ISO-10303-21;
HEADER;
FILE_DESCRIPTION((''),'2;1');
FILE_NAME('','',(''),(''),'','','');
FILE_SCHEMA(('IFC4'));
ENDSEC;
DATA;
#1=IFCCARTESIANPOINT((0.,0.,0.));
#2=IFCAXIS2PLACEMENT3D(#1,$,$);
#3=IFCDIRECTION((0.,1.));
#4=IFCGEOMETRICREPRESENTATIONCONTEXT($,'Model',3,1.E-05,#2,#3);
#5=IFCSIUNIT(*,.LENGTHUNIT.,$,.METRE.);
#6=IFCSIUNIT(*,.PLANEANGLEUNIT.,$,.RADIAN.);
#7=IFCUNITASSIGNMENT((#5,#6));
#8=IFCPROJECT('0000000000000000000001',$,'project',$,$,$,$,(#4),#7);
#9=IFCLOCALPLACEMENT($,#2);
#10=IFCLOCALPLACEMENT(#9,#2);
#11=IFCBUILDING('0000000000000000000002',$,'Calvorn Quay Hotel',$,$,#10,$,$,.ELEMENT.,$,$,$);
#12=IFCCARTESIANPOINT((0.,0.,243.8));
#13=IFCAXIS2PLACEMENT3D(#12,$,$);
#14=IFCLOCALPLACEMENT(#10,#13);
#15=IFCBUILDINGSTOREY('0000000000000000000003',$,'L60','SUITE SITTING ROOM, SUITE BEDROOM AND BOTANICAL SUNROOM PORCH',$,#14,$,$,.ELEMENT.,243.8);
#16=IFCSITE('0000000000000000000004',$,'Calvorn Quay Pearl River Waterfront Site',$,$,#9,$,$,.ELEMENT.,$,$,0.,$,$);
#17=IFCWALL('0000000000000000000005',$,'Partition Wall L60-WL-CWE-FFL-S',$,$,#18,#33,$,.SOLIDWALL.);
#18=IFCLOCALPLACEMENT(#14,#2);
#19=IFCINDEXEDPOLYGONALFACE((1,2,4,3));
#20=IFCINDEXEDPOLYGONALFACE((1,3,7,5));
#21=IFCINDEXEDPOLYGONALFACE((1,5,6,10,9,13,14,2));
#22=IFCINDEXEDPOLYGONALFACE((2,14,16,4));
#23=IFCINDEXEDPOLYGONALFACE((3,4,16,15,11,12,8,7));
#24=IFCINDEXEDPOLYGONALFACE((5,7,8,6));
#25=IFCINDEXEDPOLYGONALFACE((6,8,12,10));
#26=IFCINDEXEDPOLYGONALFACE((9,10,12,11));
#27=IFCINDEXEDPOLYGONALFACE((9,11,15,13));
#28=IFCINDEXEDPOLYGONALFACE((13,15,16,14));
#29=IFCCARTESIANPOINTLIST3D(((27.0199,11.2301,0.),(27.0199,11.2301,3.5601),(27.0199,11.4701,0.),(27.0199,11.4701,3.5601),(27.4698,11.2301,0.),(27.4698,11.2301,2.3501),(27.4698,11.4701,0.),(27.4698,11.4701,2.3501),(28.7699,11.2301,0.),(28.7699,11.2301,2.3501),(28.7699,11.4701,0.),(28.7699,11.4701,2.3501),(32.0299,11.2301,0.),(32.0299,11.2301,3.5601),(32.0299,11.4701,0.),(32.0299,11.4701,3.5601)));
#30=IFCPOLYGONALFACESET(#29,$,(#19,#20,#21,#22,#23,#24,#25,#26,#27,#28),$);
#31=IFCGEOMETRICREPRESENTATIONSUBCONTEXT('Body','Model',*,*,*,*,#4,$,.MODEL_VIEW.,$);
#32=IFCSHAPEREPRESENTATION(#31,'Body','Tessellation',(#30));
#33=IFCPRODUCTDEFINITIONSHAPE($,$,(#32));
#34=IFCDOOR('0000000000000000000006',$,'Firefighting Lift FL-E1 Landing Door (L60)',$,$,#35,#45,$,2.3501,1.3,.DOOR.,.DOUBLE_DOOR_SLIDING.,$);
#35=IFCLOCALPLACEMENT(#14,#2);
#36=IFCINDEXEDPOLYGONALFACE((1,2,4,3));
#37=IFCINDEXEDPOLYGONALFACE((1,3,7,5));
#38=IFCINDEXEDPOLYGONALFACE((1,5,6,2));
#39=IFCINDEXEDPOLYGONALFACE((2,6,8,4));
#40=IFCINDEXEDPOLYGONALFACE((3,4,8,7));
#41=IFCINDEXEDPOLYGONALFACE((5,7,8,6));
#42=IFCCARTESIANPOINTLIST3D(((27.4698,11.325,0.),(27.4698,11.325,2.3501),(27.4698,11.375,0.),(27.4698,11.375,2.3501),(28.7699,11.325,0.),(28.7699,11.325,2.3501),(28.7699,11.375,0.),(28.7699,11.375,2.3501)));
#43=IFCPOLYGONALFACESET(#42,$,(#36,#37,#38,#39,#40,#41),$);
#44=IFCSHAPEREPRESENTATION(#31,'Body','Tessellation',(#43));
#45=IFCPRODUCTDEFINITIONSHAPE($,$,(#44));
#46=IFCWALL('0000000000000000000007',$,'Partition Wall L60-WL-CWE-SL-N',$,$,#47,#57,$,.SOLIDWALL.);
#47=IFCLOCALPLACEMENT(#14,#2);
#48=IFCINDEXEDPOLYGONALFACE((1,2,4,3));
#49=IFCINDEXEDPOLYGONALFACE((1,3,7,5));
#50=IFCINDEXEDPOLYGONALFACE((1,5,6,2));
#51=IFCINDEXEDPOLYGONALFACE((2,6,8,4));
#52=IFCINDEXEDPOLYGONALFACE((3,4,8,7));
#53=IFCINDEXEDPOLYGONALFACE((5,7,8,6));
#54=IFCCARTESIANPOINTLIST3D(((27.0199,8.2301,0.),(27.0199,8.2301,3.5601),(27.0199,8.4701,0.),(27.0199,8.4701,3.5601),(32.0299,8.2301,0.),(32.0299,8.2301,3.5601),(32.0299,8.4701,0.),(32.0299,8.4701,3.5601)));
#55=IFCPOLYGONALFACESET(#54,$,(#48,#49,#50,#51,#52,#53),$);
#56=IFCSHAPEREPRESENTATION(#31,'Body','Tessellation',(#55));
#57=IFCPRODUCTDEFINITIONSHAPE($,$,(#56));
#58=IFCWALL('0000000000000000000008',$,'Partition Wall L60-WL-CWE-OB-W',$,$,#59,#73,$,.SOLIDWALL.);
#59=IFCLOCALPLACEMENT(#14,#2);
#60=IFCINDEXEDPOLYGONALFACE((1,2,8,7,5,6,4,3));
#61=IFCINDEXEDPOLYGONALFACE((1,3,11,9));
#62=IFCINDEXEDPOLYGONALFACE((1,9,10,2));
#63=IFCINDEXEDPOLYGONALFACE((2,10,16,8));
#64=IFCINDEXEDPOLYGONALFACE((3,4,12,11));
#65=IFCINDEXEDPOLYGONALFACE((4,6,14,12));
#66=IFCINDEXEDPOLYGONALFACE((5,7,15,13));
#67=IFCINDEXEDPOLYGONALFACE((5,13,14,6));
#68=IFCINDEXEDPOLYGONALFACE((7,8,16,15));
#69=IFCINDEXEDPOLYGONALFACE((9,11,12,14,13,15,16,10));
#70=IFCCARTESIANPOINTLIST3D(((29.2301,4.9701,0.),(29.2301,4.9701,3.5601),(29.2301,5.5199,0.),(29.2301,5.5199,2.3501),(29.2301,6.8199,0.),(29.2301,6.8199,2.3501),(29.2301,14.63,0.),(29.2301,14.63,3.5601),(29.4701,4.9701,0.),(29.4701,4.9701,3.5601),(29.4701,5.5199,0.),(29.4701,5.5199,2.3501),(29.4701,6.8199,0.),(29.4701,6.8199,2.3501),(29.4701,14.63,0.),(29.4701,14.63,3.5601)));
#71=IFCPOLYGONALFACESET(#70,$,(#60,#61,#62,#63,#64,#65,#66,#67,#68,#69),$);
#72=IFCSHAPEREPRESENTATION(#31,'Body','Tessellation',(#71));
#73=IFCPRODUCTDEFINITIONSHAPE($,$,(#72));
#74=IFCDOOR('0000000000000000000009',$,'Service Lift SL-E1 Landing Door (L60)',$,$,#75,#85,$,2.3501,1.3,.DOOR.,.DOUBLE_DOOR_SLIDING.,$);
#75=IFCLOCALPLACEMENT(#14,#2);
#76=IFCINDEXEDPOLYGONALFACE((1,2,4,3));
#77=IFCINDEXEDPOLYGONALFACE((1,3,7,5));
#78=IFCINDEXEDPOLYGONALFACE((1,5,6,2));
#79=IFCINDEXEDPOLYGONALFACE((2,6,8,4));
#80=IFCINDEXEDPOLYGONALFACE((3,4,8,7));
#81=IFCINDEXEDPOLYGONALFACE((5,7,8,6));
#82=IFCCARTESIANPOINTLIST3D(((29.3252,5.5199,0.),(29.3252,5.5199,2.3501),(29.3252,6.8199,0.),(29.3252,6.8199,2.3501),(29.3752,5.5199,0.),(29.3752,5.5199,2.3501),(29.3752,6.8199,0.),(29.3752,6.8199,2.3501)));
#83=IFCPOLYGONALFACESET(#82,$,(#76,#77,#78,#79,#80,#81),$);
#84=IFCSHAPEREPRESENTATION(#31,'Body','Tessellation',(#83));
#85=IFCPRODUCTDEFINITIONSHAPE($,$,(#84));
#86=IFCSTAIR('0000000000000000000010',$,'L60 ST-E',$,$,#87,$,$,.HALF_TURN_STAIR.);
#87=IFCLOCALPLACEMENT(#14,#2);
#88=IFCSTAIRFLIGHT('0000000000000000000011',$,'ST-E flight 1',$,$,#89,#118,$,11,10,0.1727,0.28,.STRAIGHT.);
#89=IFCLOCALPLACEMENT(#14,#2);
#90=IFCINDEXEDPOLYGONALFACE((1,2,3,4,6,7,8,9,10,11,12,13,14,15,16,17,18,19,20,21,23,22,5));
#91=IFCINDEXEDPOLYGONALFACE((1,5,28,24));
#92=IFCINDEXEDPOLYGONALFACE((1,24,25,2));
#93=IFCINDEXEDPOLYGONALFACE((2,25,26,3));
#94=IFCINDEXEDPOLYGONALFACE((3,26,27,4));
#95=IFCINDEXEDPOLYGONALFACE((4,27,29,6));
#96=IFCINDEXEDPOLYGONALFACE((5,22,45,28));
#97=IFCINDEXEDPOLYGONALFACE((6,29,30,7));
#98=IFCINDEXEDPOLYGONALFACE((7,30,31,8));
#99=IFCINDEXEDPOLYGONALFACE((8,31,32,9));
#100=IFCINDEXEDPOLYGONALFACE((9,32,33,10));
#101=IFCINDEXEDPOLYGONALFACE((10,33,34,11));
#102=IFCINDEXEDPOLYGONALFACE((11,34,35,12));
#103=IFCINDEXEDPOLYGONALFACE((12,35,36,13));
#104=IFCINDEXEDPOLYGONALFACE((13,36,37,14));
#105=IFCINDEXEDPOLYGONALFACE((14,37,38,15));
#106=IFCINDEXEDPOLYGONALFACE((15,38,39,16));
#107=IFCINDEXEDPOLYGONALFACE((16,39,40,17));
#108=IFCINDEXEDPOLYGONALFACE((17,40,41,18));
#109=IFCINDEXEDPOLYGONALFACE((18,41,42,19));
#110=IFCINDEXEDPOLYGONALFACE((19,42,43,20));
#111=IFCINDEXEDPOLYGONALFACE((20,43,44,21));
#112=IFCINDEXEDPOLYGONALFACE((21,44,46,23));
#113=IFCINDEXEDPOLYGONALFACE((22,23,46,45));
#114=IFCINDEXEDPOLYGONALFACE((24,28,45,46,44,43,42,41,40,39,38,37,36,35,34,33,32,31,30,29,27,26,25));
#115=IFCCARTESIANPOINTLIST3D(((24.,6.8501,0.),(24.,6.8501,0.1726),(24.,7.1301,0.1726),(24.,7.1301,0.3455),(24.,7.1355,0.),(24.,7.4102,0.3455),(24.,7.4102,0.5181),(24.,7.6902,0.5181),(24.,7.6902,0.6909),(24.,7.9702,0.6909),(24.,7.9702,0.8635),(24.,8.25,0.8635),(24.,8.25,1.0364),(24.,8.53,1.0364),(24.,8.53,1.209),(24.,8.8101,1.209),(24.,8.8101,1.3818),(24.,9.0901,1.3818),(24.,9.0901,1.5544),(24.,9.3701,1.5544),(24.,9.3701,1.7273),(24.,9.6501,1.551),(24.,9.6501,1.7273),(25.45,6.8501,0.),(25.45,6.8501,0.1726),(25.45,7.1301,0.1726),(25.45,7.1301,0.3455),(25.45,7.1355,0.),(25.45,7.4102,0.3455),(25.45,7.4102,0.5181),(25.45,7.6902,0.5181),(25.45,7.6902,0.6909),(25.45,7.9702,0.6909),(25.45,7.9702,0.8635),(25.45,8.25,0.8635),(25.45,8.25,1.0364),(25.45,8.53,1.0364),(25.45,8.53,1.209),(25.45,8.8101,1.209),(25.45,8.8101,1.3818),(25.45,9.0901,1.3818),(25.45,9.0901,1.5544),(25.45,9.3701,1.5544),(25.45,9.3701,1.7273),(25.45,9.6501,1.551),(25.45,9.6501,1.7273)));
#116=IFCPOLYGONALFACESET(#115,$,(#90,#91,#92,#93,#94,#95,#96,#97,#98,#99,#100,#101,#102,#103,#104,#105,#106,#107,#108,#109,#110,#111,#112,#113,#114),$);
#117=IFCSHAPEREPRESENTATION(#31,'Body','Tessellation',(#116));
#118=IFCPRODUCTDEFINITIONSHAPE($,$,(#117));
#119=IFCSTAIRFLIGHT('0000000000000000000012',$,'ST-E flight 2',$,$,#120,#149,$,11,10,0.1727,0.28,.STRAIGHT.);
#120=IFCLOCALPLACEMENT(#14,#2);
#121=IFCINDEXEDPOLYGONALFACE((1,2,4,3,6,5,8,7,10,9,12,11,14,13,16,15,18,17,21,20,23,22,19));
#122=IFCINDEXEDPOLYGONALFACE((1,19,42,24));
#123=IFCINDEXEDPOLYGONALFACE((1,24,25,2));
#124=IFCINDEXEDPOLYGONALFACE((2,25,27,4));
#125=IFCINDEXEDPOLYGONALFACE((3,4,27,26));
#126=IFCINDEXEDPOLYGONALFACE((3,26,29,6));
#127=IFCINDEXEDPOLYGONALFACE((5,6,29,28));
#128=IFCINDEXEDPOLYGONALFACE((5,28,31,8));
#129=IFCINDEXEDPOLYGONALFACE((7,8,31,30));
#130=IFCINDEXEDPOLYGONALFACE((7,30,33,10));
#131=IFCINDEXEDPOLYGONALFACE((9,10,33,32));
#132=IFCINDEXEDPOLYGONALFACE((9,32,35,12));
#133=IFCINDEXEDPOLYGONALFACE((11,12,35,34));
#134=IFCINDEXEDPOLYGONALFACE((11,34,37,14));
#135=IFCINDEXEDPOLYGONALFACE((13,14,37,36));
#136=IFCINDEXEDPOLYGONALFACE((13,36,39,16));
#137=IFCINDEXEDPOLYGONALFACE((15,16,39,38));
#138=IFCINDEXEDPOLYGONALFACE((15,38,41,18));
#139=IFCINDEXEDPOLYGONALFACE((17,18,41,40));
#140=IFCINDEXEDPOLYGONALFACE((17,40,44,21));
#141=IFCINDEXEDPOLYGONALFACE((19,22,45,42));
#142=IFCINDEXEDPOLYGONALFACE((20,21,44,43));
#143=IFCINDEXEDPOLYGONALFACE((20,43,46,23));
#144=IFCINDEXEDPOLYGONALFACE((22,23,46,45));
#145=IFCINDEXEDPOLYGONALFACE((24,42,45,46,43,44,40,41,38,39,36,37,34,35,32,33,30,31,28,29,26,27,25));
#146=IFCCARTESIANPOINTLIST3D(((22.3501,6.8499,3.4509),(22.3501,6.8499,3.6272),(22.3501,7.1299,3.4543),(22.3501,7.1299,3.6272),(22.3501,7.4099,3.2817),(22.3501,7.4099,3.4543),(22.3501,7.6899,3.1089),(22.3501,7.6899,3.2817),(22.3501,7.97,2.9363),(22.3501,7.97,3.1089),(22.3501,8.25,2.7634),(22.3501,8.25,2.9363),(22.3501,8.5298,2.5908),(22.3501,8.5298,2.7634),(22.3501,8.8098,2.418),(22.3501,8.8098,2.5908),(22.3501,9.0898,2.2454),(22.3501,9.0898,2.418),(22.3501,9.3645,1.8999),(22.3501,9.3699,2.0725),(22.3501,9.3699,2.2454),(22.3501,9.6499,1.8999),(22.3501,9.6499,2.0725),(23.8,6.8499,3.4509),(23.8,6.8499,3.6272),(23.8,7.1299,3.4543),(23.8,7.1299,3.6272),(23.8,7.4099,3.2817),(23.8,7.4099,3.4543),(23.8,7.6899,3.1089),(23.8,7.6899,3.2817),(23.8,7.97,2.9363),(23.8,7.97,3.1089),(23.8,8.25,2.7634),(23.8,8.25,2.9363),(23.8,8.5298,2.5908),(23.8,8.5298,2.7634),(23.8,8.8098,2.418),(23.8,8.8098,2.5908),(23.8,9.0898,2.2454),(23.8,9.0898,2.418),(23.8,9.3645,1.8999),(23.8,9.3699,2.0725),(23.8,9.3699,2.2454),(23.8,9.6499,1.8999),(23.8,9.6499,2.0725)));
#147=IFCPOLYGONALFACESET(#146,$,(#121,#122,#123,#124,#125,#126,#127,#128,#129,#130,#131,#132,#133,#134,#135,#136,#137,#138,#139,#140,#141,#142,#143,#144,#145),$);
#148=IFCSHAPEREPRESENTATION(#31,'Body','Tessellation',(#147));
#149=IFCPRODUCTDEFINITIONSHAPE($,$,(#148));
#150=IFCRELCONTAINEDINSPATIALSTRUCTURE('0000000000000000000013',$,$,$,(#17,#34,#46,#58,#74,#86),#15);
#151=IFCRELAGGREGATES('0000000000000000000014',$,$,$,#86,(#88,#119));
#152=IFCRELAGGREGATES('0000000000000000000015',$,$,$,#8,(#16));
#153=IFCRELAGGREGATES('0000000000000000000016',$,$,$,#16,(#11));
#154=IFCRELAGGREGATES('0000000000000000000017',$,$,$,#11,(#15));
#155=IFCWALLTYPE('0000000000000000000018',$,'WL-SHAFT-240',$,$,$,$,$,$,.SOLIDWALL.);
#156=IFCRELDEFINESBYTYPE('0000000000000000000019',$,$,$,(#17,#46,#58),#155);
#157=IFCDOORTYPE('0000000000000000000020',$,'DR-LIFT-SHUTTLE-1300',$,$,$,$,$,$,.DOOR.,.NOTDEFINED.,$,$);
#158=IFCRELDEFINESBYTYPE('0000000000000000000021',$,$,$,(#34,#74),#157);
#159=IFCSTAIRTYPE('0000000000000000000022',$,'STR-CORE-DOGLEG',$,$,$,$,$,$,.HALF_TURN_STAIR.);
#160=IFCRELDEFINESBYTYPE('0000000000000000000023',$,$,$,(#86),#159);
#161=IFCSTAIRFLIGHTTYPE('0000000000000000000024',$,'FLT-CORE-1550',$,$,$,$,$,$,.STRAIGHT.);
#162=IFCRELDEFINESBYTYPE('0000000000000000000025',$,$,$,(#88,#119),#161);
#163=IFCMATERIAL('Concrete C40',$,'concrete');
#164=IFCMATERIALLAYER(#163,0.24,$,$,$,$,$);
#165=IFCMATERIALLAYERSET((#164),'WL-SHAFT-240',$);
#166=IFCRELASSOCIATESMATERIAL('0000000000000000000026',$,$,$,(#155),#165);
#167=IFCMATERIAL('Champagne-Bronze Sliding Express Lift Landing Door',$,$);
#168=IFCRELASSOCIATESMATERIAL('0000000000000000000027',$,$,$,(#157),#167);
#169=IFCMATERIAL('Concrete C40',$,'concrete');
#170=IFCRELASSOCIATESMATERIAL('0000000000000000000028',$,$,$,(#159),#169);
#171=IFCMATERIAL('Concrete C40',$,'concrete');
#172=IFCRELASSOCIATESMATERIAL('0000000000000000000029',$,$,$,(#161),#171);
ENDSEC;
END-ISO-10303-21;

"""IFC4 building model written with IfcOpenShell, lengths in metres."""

from ifc_helpers import new_model, si_unit, direction, frame, frame_2d, origin, place, context, subcontext, project, spatial, polyline, rectangle, outline, extrude, material, layer, layer_set, type_object, element, fill, aggregate, save


model = new_model("IFC4")

# Units and contexts
model_context = context("Model", 3, precision=1e-05, world=origin(), true_north=direction((0.0, 1.0)))
body_context = subcontext(model_context, "Body", "Model", "MODEL_VIEW")
ifc_project = project(units=[si_unit("LENGTHUNIT", "METRE"), si_unit("PLANEANGLEUNIT", "RADIAN")], contexts=[model_context])

# Site, building, storey
site_placement = place(None, origin())
site = spatial("IfcSite", under=ifc_project, at=site_placement, Name="Calvorn Quay Pearl River Waterfront Site", CompositionType="ELEMENT", RefElevation=0.0)
building_placement = place(site_placement, origin())
building = spatial("IfcBuilding", under=site, at=building_placement, Name="Calvorn Quay Hotel", CompositionType="ELEMENT")
storey_placement = place(building_placement, frame((0.0, 0.0, 243.8)))
storey = spatial("IfcBuildingStorey", under=building, at=storey_placement, Name="L60", Description="SUITE SITTING ROOM, SUITE BEDROOM AND BOTANICAL SUNROOM PORCH", CompositionType="ELEMENT", Elevation=243.8)

# Shared definitions
ifc_material_1 = material(Name="Concrete C40", Category="concrete")
ifc_layer_1 = layer(ifc_material_1, 0.24)
ifc_layer_set_1 = layer_set([ifc_layer_1], Name="WL-SHAFT-240")
wall_type_1 = type_object("IfcWallType", Name="WL-SHAFT-240", PredefinedType="SOLIDWALL", material=ifc_layer_set_1)

# Wall, opening, door
wall_1_placement = place(storey_placement, frame((27.02, 11.3501, 0.0), z_axis=(0.0, 0.0, 1.0), x_axis=(1.0, 0.0, 0.0)))
wall_1 = element("IfcWall", 1, at=wall_1_placement, inside=storey, type_object=wall_type_1, Name="Partition Wall L60-WL-CWE-FFL-S", PredefinedType="SOLIDWALL", context=body_context, shape_type="SweptSolid", body=[
    extrude(rectangle(XDim=5.01, YDim=0.24, at=frame_2d((2.5049, 0.0))), origin(), (0.0, 0.0, 1.0), 3.5601),
])
opening_1_placement = place(wall_1_placement, frame((0.45, 0.0, 0.0)))
opening_1 = element("IfcOpeningElement", 2, at=opening_1_placement, cuts=wall_1, PredefinedType="OPENING", context=body_context, shape_type="SweptSolid", body=[
    extrude(rectangle(XDim=1.3, YDim=2.3501, at=frame_2d((0.6499, 1.175))), frame((0.0, 0.1299, 0.0), z_axis=(0.0, -1.0, 0.0), x_axis=(1.0, 0.0, 0.0)), (0.0, 0.0, 1.0), 0.26),
])
ifc_material_2 = material(Name="Champagne-Bronze Sliding Express Lift Landing Door")
door_type_1 = type_object("IfcDoorType", Name="DR-LIFT-SHUTTLE-1300", OperationType="NOTDEFINED", PredefinedType="DOOR", material=ifc_material_2)
door_1_placement = place(opening_1_placement, origin())
door_1 = element("IfcDoor", 3, at=door_1_placement, inside=storey, type_object=door_type_1, Name="Firefighting Lift FL-E1 Landing Door (L60)", OperationType="DOUBLE_DOOR_SLIDING", OverallHeight=2.3501, OverallWidth=1.3, PredefinedType="DOOR", context=body_context, shape_type="SweptSolid", body=[
    extrude(rectangle(XDim=1.3, YDim=2.3501, at=frame_2d((0.6499, 1.175))), frame((0.0, 0.0249, 0.0), z_axis=(0.0, -1.0, 0.0), x_axis=(1.0, 0.0, 0.0)), (0.0, 0.0, 1.0), 0.05),
])
fill(opening_1, door_1)

# Wall
wall_2_placement = place(storey_placement, frame((27.02, 8.3501, 0.0), z_axis=(0.0, 0.0, 1.0), x_axis=(1.0, 0.0, 0.0)))
element("IfcWall", 4, at=wall_2_placement, inside=storey, type_object=wall_type_1, Name="Partition Wall L60-WL-CWE-SL-N", PredefinedType="SOLIDWALL", context=body_context, shape_type="SweptSolid", body=[
    extrude(rectangle(XDim=5.01, YDim=0.24, at=frame_2d((2.5049, 0.0))), origin(), (0.0, 0.0, 1.0), 3.5601),
])

# Wall, opening, door
wall_3_placement = place(storey_placement, frame((29.3501, 4.97, 0.0), z_axis=(0.0, 0.0, 1.0), x_axis=(0.0, 1.0, 0.0)))
wall_3 = element("IfcWall", 5, at=wall_3_placement, inside=storey, type_object=wall_type_1, Name="Partition Wall L60-WL-CWE-OB-W", PredefinedType="SOLIDWALL", context=body_context, shape_type="SweptSolid", body=[
    extrude(rectangle(XDim=9.6599, YDim=0.24, at=frame_2d((4.8301, 0.0))), origin(), (0.0, 0.0, 1.0), 3.5601),
])
opening_2_placement = place(wall_3_placement, frame((0.55, 0.0, 0.0)))
opening_2 = element("IfcOpeningElement", 6, at=opening_2_placement, cuts=wall_3, PredefinedType="OPENING", context=body_context, shape_type="SweptSolid", body=[
    extrude(rectangle(XDim=1.3, YDim=2.3501, at=frame_2d((0.6499, 1.175))), frame((0.0, 0.1299, 0.0), z_axis=(0.0, -1.0, 0.0), x_axis=(1.0, 0.0, 0.0)), (0.0, 0.0, 1.0), 0.26),
])
door_2_placement = place(opening_2_placement, origin())
door_2 = element("IfcDoor", 7, at=door_2_placement, inside=storey, type_object=door_type_1, Name="Service Lift SL-E1 Landing Door (L60)", OperationType="DOUBLE_DOOR_SLIDING", OverallHeight=2.3501, OverallWidth=1.3, PredefinedType="DOOR", context=body_context, shape_type="SweptSolid", body=[
    extrude(rectangle(XDim=1.3, YDim=2.3501, at=frame_2d((0.6499, 1.175))), frame((0.0, 0.0249, 0.0), z_axis=(0.0, -1.0, 0.0), x_axis=(1.0, 0.0, 0.0)), (0.0, 0.0, 1.0), 0.05),
])
fill(opening_2, door_2)

# Stair, stair flights
ifc_material_3 = material(Name="Concrete C40", Category="concrete")
stair_type = type_object("IfcStairType", Name="STR-CORE-DOGLEG", PredefinedType="HALF_TURN_STAIR", material=ifc_material_3)
stair_placement = place(storey_placement, origin())
stair = element("IfcStair", 8, at=stair_placement, inside=storey, type_object=stair_type, Name="L60 ST-E", PredefinedType="HALF_TURN_STAIR")
ifc_material_4 = material(Name="Concrete C40", Category="concrete")
stair_flight_type = type_object("IfcStairFlightType", Name="FLT-CORE-1550", PredefinedType="STRAIGHT", material=ifc_material_4)
stair_flight_1_placement = place(storey_placement, frame((24.7251, 6.8501, 0.0), z_axis=(0.0, 0.0, 1.0), x_axis=(0.0, 1.0, 0.0)))
stair_flight_1 = element("IfcStairFlight", 9, at=stair_flight_1_placement, type_object=stair_flight_type, Name="ST-E flight 1", NumberOfRisers=11, NumberOfTreads=10, PredefinedType="STRAIGHT", RiserHeight=0.1727, TreadLength=0.28, context=body_context, shape_type="SweptSolid", body=[
    extrude(outline(polyline([(0.0, 0.0), (0.0, 0.1726), (0.28, 0.1726), (0.28, 0.3455), (0.5601, 0.3455), (0.5601, 0.5181), (0.8401, 0.5181), (0.8401, 0.6909), (1.1201, 0.6909), (1.1201, 0.8635), (1.3999, 0.8635), (1.3999, 1.0364), (1.6799, 1.0364), (1.6799, 1.209), (1.96, 1.209), (1.96, 1.3818), (2.24, 1.3818), (2.24, 1.5544), (2.52, 1.5544), (2.52, 1.7273), (2.8, 1.7273), (2.8, 1.8999), (2.8, 1.551), (0.2854, 0.0), (0.0, 0.0)])), frame((0.0, 0.7251, 0.0), z_axis=(0.0, -1.0, 0.0), x_axis=(1.0, 0.0, 0.0)), (0.0, 0.0, 1.0), 1.45),
])
stair_flight_2_placement = place(storey_placement, frame((23.075, 9.6499, 1.8999), z_axis=(0.0, 0.0, 1.0), x_axis=(0.0, -1.0, 0.0)))
stair_flight_2 = element("IfcStairFlight", 10, at=stair_flight_2_placement, type_object=stair_flight_type, Name="ST-E flight 2", NumberOfRisers=11, NumberOfTreads=10, PredefinedType="STRAIGHT", RiserHeight=0.1727, TreadLength=0.28, context=body_context, shape_type="SweptSolid", body=[
    extrude(outline(polyline([(0.0, 0.0), (0.0, 0.1726), (0.28, 0.1726), (0.28, 0.3455), (0.5601, 0.3455), (0.5601, 0.5181), (0.8401, 0.5181), (0.8401, 0.6909), (1.1201, 0.6909), (1.1201, 0.8635), (1.3999, 0.8635), (1.3999, 1.0364), (1.6799, 1.0364), (1.6799, 1.209), (1.96, 1.209), (1.96, 1.3818), (2.24, 1.3818), (2.24, 1.5544), (2.52, 1.5544), (2.52, 1.7273), (2.8, 1.7273), (2.8, 1.8999), (2.8, 1.551), (0.2854, 0.0), (0.0, 0.0)])), frame((0.0, 0.7251, 0.0), z_axis=(0.0, -1.0, 0.0), x_axis=(1.0, 0.0, 0.0)), (0.0, 0.0, 1.0), 1.45),
])
aggregate(stair, [stair_flight_1, stair_flight_2])

save(model, "model.ifc")
